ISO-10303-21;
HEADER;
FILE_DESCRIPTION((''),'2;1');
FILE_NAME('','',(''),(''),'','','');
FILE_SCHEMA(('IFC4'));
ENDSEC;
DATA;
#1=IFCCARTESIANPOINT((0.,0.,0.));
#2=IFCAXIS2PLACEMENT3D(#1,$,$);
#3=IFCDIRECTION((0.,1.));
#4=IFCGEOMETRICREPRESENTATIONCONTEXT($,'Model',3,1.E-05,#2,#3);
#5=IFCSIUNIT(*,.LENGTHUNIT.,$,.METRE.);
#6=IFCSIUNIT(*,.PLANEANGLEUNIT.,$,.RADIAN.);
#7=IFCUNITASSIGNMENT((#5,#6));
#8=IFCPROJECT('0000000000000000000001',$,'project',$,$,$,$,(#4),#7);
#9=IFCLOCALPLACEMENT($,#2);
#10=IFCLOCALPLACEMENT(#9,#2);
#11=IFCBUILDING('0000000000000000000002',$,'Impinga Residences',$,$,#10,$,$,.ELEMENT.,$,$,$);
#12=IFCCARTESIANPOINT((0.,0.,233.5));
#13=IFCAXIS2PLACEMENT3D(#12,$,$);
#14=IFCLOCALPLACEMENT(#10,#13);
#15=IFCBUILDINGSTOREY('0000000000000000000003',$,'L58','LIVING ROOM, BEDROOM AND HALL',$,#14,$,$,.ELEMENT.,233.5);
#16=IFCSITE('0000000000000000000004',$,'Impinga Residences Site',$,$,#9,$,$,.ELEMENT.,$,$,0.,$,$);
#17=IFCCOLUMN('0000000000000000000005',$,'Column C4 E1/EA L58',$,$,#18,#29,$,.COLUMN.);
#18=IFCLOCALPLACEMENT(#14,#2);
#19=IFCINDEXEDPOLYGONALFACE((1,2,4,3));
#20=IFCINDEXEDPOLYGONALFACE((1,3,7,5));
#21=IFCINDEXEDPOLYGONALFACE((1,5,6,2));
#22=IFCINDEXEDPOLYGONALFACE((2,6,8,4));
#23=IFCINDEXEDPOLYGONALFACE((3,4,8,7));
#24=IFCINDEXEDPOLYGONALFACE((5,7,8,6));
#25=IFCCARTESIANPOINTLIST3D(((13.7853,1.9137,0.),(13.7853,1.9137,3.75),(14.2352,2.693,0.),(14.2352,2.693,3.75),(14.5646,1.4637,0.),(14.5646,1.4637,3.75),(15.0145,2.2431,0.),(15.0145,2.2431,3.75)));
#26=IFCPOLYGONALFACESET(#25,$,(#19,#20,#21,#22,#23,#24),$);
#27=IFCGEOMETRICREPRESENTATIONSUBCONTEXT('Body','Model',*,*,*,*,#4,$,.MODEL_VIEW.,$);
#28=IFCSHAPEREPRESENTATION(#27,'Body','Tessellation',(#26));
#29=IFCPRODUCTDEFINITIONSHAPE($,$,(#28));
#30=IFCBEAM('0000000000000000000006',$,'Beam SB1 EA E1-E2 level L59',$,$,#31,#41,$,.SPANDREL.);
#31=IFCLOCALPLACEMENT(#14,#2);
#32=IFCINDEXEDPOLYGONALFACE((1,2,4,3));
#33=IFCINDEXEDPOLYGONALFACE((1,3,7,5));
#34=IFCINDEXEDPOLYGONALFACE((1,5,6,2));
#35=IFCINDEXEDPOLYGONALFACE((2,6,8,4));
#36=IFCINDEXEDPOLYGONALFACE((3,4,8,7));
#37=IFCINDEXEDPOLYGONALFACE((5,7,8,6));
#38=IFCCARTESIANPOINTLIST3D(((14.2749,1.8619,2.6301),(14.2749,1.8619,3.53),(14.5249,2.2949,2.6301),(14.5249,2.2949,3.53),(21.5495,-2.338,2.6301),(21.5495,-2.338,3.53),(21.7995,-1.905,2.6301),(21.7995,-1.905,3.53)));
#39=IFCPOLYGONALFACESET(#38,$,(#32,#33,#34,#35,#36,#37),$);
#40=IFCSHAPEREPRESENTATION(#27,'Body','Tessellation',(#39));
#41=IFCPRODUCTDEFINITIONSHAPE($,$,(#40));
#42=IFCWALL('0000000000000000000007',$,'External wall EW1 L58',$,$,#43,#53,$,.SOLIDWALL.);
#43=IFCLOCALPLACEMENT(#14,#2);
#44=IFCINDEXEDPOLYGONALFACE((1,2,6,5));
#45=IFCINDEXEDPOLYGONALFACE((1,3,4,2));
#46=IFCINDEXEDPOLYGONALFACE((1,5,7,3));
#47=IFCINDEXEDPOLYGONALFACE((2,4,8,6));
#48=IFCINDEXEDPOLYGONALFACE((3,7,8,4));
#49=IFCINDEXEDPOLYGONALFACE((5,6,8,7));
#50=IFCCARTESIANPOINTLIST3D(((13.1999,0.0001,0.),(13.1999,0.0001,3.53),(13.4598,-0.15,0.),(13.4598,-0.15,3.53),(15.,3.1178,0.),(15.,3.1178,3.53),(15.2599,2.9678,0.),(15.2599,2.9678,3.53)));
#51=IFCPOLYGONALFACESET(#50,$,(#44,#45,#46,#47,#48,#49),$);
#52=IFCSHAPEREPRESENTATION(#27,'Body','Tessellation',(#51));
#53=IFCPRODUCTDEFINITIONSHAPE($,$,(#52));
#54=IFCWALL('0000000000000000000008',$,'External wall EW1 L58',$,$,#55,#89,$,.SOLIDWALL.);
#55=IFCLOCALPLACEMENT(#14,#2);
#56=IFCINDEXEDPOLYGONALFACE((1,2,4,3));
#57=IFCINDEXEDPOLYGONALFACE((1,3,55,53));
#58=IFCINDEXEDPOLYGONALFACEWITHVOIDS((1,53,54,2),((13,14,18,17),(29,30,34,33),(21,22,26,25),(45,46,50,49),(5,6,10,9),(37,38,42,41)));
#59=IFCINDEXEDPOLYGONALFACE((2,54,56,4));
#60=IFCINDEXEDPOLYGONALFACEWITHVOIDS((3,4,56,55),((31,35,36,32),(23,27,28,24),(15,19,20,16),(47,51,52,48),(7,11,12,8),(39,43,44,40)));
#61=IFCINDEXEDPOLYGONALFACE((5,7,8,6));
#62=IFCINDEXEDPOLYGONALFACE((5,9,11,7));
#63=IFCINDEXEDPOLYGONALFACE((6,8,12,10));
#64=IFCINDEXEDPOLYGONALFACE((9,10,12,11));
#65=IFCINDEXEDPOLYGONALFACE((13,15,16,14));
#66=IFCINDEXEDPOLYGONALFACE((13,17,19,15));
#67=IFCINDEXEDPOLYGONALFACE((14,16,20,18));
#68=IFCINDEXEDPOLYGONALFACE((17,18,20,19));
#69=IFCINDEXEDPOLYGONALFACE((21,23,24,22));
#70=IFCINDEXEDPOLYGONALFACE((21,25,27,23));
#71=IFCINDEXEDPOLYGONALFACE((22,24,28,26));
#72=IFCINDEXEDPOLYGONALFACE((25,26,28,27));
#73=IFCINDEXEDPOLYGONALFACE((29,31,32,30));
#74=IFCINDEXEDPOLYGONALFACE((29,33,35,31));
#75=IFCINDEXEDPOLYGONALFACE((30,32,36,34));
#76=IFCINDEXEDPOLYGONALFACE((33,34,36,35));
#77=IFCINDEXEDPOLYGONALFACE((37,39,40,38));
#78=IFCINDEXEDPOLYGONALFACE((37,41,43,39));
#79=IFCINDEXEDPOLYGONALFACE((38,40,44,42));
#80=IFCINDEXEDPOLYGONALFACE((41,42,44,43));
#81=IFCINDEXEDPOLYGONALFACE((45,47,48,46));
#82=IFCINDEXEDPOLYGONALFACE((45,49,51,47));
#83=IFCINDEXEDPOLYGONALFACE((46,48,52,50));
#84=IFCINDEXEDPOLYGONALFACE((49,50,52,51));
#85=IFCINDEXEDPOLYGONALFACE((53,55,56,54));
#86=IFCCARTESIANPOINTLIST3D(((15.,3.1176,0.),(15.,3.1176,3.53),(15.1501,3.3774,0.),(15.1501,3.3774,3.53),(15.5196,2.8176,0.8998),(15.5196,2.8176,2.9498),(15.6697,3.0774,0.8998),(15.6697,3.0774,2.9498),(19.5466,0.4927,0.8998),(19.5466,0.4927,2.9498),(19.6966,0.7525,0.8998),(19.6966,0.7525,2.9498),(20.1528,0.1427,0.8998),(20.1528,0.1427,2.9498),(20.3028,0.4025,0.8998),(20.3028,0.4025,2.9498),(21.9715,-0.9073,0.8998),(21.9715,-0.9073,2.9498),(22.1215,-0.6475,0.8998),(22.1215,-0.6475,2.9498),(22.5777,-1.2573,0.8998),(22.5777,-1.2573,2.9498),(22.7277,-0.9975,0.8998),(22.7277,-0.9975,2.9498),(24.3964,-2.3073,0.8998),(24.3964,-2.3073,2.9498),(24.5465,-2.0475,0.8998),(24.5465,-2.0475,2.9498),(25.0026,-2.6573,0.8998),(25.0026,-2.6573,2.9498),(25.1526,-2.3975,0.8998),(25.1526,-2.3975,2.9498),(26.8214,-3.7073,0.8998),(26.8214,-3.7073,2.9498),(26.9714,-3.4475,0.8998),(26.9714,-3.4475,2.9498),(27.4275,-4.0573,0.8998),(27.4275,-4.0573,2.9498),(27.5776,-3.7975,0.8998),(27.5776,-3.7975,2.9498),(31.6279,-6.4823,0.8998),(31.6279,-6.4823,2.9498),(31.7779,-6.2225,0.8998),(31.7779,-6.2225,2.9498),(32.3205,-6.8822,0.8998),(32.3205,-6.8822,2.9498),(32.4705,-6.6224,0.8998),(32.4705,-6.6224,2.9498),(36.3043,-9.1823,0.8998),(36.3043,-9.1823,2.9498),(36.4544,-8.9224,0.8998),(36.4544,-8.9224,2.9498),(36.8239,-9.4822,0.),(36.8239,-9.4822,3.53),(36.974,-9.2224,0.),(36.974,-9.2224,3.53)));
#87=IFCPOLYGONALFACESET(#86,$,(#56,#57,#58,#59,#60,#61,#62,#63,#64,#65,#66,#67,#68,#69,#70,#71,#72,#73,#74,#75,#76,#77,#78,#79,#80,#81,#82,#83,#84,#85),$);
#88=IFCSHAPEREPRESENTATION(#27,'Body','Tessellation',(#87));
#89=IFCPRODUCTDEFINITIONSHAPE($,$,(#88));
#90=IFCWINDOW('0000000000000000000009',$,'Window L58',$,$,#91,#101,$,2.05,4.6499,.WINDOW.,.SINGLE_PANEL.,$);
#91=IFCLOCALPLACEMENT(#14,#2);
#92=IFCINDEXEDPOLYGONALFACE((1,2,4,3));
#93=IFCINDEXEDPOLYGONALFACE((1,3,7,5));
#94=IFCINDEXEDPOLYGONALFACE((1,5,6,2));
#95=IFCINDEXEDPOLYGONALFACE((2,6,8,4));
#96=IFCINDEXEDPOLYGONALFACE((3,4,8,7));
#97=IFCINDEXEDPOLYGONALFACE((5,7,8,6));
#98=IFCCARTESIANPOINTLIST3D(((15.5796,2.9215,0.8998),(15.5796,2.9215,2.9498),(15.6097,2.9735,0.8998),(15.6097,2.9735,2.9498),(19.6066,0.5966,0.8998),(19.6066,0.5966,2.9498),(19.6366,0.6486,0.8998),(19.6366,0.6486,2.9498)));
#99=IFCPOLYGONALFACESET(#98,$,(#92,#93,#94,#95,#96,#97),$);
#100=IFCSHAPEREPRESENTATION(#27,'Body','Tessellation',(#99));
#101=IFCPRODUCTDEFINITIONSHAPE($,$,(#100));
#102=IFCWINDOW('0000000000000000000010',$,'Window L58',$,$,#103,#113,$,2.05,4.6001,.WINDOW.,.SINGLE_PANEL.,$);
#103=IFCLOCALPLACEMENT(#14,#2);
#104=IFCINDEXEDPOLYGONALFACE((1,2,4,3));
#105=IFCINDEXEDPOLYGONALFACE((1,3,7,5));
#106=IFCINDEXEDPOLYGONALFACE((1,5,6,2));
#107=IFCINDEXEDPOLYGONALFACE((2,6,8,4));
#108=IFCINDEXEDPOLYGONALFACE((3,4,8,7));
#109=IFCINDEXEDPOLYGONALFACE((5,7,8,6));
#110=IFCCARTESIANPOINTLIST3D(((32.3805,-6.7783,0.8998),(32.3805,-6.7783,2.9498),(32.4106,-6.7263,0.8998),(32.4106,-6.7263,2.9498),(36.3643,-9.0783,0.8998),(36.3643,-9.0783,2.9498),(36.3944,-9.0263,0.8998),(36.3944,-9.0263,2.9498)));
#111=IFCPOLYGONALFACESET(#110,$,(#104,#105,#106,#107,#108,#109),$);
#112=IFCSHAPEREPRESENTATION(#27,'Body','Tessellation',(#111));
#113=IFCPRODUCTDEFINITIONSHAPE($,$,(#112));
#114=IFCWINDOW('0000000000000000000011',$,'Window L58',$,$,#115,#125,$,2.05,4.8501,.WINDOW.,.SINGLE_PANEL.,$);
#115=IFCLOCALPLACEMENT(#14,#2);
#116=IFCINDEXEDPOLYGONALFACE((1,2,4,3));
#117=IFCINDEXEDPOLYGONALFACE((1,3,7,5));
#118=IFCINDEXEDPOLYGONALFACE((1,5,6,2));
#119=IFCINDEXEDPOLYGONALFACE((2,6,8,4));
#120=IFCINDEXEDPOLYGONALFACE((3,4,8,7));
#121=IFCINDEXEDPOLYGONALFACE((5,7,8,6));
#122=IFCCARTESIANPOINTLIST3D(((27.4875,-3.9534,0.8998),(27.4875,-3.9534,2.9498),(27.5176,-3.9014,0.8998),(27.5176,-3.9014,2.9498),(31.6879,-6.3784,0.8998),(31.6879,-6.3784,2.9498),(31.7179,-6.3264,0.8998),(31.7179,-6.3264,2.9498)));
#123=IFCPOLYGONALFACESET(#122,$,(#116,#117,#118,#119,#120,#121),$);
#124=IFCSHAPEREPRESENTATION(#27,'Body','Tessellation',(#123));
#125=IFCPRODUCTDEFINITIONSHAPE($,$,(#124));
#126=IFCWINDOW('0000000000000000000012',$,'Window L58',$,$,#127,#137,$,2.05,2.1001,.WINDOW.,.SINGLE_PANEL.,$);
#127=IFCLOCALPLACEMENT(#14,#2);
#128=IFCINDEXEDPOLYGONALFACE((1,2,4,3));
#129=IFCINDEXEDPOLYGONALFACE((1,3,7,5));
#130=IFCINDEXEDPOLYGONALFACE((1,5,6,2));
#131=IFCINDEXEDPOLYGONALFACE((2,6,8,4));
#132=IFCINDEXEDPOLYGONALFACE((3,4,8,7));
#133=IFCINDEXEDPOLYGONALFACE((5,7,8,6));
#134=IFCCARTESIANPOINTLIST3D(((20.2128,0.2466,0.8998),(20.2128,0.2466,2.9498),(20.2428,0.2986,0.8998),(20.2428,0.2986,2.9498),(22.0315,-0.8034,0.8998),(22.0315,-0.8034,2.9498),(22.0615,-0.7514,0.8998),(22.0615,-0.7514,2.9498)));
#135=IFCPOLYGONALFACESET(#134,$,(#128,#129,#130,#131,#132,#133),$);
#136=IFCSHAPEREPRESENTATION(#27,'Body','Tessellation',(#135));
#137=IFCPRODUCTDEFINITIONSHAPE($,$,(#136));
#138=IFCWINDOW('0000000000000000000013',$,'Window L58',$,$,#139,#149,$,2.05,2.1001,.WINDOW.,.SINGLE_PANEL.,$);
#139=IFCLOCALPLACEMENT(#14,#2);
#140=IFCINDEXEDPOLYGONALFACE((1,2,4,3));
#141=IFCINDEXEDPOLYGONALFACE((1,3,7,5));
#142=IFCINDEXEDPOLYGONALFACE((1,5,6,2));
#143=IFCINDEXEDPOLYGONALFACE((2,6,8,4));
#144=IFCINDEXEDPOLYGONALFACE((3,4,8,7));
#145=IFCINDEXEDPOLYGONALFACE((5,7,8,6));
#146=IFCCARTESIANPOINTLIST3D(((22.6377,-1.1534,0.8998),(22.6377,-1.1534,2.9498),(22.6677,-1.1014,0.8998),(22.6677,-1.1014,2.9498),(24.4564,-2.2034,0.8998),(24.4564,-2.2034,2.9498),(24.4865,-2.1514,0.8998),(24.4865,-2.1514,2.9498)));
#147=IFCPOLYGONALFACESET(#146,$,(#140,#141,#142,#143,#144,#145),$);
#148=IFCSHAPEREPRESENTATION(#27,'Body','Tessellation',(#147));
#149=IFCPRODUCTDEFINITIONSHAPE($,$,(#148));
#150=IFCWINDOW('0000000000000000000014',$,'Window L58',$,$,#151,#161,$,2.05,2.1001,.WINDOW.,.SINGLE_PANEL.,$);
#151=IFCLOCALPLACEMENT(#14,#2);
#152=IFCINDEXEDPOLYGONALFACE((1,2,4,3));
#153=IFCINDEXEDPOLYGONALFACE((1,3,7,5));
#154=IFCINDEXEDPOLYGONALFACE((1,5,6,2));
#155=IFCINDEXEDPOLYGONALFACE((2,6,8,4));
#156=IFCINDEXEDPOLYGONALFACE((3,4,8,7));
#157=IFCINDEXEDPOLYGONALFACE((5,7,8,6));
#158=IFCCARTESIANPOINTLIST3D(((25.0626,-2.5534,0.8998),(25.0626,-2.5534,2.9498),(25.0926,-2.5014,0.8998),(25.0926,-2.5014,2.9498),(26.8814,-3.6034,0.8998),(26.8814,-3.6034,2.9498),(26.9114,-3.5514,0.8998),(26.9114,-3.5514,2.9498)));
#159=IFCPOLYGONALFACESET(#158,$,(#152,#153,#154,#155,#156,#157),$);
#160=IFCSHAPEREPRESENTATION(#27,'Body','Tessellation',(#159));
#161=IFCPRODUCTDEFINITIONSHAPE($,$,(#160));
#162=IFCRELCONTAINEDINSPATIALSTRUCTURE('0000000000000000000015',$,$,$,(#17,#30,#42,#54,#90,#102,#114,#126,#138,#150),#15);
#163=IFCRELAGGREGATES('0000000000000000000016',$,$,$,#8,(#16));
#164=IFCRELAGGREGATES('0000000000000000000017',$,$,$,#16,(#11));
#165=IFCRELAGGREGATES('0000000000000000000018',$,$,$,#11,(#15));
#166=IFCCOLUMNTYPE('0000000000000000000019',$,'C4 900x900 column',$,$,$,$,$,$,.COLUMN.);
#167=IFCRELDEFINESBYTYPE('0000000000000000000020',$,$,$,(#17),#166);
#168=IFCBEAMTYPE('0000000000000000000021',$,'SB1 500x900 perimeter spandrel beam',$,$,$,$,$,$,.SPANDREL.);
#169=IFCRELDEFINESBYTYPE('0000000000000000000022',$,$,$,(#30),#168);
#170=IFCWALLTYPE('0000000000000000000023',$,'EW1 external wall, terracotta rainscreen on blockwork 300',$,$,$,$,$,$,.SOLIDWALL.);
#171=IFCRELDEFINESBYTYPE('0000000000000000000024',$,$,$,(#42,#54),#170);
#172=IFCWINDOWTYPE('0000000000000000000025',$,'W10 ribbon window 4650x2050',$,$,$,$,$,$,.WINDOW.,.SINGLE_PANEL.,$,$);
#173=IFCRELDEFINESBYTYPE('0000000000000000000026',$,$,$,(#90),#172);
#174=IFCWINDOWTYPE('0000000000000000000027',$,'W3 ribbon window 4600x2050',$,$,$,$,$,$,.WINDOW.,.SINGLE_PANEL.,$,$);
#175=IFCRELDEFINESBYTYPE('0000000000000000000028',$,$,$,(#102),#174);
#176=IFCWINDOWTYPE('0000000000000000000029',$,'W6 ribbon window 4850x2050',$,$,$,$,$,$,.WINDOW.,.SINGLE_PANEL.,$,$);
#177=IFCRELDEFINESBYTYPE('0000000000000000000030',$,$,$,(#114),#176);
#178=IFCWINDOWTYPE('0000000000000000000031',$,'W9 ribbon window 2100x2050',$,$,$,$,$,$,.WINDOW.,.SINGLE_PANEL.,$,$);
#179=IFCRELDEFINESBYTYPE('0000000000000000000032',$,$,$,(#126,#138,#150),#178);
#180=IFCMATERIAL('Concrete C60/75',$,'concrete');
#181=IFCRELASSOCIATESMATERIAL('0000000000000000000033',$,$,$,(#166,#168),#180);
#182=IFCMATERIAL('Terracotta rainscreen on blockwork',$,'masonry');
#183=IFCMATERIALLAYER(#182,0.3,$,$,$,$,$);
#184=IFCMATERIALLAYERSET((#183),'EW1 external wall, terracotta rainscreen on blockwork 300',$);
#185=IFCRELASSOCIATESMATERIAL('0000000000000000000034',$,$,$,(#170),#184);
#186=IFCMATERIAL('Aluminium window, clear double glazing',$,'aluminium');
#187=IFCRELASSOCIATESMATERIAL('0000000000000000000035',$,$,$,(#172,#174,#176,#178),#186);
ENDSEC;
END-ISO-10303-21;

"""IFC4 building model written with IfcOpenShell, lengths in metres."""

from ifc_helpers import new_model, si_unit, direction, frame, frame_2d, origin, origin_2d, place, context, subcontext, project, spatial, rectangle, extrude, material, layer, layer_set, material_profile, profile_set, type_object, element, fill, save


model = new_model("IFC4")

# Units and contexts
model_context = context("Model", 3, precision=1e-05, world=origin(), true_north=direction((0.0, 1.0)))
body_context = subcontext(model_context, "Body", "Model", "MODEL_VIEW")
ifc_project = project(units=[si_unit("LENGTHUNIT", "METRE"), si_unit("PLANEANGLEUNIT", "RADIAN")], contexts=[model_context])

# Site, building, storey
site_placement = place(None, origin())
site = spatial("IfcSite", under=ifc_project, at=site_placement, Name="Impinga Residences Site", CompositionType="ELEMENT", RefElevation=0.0)
building_placement = place(site_placement, origin())
building = spatial("IfcBuilding", under=site, at=building_placement, Name="Impinga Residences", CompositionType="ELEMENT")
storey_placement = place(building_placement, frame((0.0, 0.0, 233.5)))
storey = spatial("IfcBuildingStorey", under=building, at=storey_placement, Name="L58", Description="LIVING ROOM, BEDROOM AND HALL", CompositionType="ELEMENT", Elevation=233.5)

# Column
ifc_material_1 = material(Name="Concrete C60/75", Category="concrete")
ifc_material_profile_1 = material_profile(ifc_material_1, rectangle(XDim=0.8999, YDim=0.8999, at=origin_2d()), Name="RC 900x900")
ifc_profile_set_1 = profile_set([ifc_material_profile_1], Name="Concrete C60/75")
column_type = type_object("IfcColumnType", Name="C4 900x900 column", PredefinedType="COLUMN", material=ifc_profile_set_1)
column_placement = place(storey_placement, frame((14.3999, 2.0784, 0.0), z_axis=(0.0, 0.0, 1.0), x_axis=(-0.5, -0.866025, 0.0)))
element("IfcColumn", 1, at=column_placement, inside=storey, type_object=column_type, Name="Column C4 E1/EA L58", PredefinedType="COLUMN", context=body_context, shape_type="SweptSolid", body=[
    extrude(rectangle(XDim=0.8999, YDim=0.8999, at=origin_2d()), origin(), (0.0, 0.0, 1.0), 3.75),
])

# Beam
ifc_material_profile_2 = material_profile(ifc_material_1, rectangle(XDim=0.5, YDim=0.8999, at=origin_2d()), Name="RC 500x900")
ifc_profile_set_2 = profile_set([ifc_material_profile_2], Name="Concrete C60/75")
beam_type = type_object("IfcBeamType", Name="SB1 500x900 perimeter spandrel beam", PredefinedType="SPANDREL", material=ifc_profile_set_2)
beam_placement = place(storey_placement, frame((14.3999, 2.0784, 3.0801), z_axis=(0.866029, -0.499993, 0.0), x_axis=(0.499993, 0.866029, 0.0)))
element("IfcBeam", 2, at=beam_placement, inside=storey, type_object=beam_type, Name="Beam SB1 EA E1-E2 level L59", PredefinedType="SPANDREL", context=body_context, shape_type="SweptSolid", body=[
    extrude(rectangle(XDim=0.5, YDim=0.8999, at=origin_2d()), origin(), (0.0, 0.0, 1.0), 8.3999),
])

# Wall
ifc_material_2 = material(Name="Terracotta rainscreen on blockwork", Category="masonry")
ifc_layer_1 = layer(ifc_material_2, 0.3)
ifc_layer_set_1 = layer_set([ifc_layer_1], Name="EW1 external wall, terracotta rainscreen on blockwork 300")
wall_type_1 = type_object("IfcWallType", Name="EW1 external wall, terracotta rainscreen on blockwork 300", PredefinedType="SOLIDWALL", material=ifc_layer_set_1)
wall_1_placement = place(storey_placement, frame((13.3298, -0.075, 0.0), z_axis=(0.0, 0.0, 1.0), x_axis=(0.500012, 0.866018, 0.0)))
element("IfcWall", 3, at=wall_1_placement, inside=storey, type_object=wall_type_1, Name="External wall EW1 L58", PredefinedType="SOLIDWALL", context=body_context, shape_type="SweptSolid", body=[
    extrude(rectangle(XDim=3.6001, YDim=0.3, at=frame_2d((1.8, 0.0))), origin(), (0.0, 0.0, 1.0), 3.53),
])

# Wall, openings, windows
wall_2_placement = place(storey_placement, frame((15.075, 3.2476, 0.0), z_axis=(0.0, 0.0, 1.0), x_axis=(0.866029, -0.499993, 0.0)))
wall_2 = element("IfcWall", 4, at=wall_2_placement, inside=storey, type_object=wall_type_1, Name="External wall EW1 L58", PredefinedType="SOLIDWALL", context=body_context, shape_type="SweptSolid", body=[
    extrude(rectangle(XDim=25.2, YDim=0.3, at=frame_2d((12.6001, 0.0))), origin(), (0.0, 0.0, 1.0), 3.53),
])
opening_1_placement = place(wall_2_placement, frame((0.6001, 0.0, 0.8999)))
opening_1 = element("IfcOpeningElement", 5, at=opening_1_placement, cuts=wall_2, PredefinedType="OPENING", context=body_context, shape_type="SweptSolid", body=[
    extrude(rectangle(XDim=4.6499, YDim=2.05, at=frame_2d((2.325, 1.0249))), frame((0.0, 0.1599, 0.0), z_axis=(0.0, -1.0, 0.0), x_axis=(1.0, 0.0, 0.0)), (0.0, 0.0, 1.0), 0.3201),
])
opening_2_placement = place(wall_2_placement, frame((5.95, 0.0, 0.8999)))
opening_2 = element("IfcOpeningElement", 6, at=opening_2_placement, cuts=wall_2, PredefinedType="OPENING", context=body_context, shape_type="SweptSolid", body=[
    extrude(rectangle(XDim=2.1001, YDim=2.05, at=frame_2d((1.05, 1.0249))), frame((0.0, 0.1599, 0.0), z_axis=(0.0, -1.0, 0.0), x_axis=(1.0, 0.0, 0.0)), (0.0, 0.0, 1.0), 0.3201),
])
opening_3_placement = place(wall_2_placement, frame((8.75, 0.0, 0.8999)))
opening_3 = element("IfcOpeningElement", 7, at=opening_3_placement, cuts=wall_2, PredefinedType="OPENING", context=body_context, shape_type="SweptSolid", body=[
    extrude(rectangle(XDim=2.1001, YDim=2.05, at=frame_2d((1.05, 1.0249))), frame((0.0, 0.1599, 0.0), z_axis=(0.0, -1.0, 0.0), x_axis=(1.0, 0.0, 0.0)), (0.0, 0.0, 1.0), 0.3201),
])
opening_4_placement = place(wall_2_placement, frame((11.55, 0.0, 0.8999)))
opening_4 = element("IfcOpeningElement", 8, at=opening_4_placement, cuts=wall_2, PredefinedType="OPENING", context=body_context, shape_type="SweptSolid", body=[
    extrude(rectangle(XDim=2.1001, YDim=2.05, at=frame_2d((1.05, 1.0249))), frame((0.0, 0.1599, 0.0), z_axis=(0.0, -1.0, 0.0), x_axis=(1.0, 0.0, 0.0)), (0.0, 0.0, 1.0), 0.3201),
])
opening_5_placement = place(wall_2_placement, frame((14.3501, 0.0, 0.8999)))
opening_5 = element("IfcOpeningElement", 9, at=opening_5_placement, cuts=wall_2, PredefinedType="OPENING", context=body_context, shape_type="SweptSolid", body=[
    extrude(rectangle(XDim=4.8501, YDim=2.05, at=frame_2d((2.425, 1.0249))), frame((0.0, 0.1599, 0.0), z_axis=(0.0, -1.0, 0.0), x_axis=(1.0, 0.0, 0.0)), (0.0, 0.0, 1.0), 0.3201),
])
opening_6_placement = place(wall_2_placement, frame((20.0, 0.0, 0.8999)))
opening_6 = element("IfcOpeningElement", 10, at=opening_6_placement, cuts=wall_2, PredefinedType="OPENING", context=body_context, shape_type="SweptSolid", body=[
    extrude(rectangle(XDim=4.6001, YDim=2.05, at=frame_2d((2.3, 1.0249))), frame((0.0, 0.1599, 0.0), z_axis=(0.0, -1.0, 0.0), x_axis=(1.0, 0.0, 0.0)), (0.0, 0.0, 1.0), 0.3201),
])
ifc_material_3 = material(Name="Aluminium window, clear double glazing", Category="aluminium")
window_type_1 = type_object("IfcWindowType", Name="W10 ribbon window 4650x2050", PartitioningType="SINGLE_PANEL", PredefinedType="WINDOW", material=ifc_material_3)
window_1_placement = place(opening_1_placement, origin())
window_1 = element("IfcWindow", 11, at=window_1_placement, inside=storey, type_object=window_type_1, Name="Window L58", OverallHeight=2.05, OverallWidth=4.6499, PartitioningType="SINGLE_PANEL", PredefinedType="WINDOW", context=body_context, shape_type="SweptSolid", body=[
    extrude(rectangle(XDim=4.6499, YDim=2.05, at=frame_2d((2.325, 1.0249))), frame((0.0, 0.03, 0.0), z_axis=(0.0, -1.0, 0.0), x_axis=(1.0, 0.0, 0.0)), (0.0, 0.0, 1.0), 0.0601),
])
fill(opening_1, window_1)
window_type_2 = type_object("IfcWindowType", Name="W3 ribbon window 4600x2050", PartitioningType="SINGLE_PANEL", PredefinedType="WINDOW", material=ifc_material_3)
window_2_placement = place(opening_6_placement, origin())
window_2 = element("IfcWindow", 12, at=window_2_placement, inside=storey, type_object=window_type_2, Name="Window L58", OverallHeight=2.05, OverallWidth=4.6001, PartitioningType="SINGLE_PANEL", PredefinedType="WINDOW", context=body_context, shape_type="SweptSolid", body=[
    extrude(rectangle(XDim=4.6001, YDim=2.05, at=frame_2d((2.3, 1.0249))), frame((0.0, 0.03, 0.0), z_axis=(0.0, -1.0, 0.0), x_axis=(1.0, 0.0, 0.0)), (0.0, 0.0, 1.0), 0.0601),
])
fill(opening_6, window_2)
window_type_3 = type_object("IfcWindowType", Name="W6 ribbon window 4850x2050", PartitioningType="SINGLE_PANEL", PredefinedType="WINDOW", material=ifc_material_3)
window_3_placement = place(opening_5_placement, origin())
window_3 = element("IfcWindow", 13, at=window_3_placement, inside=storey, type_object=window_type_3, Name="Window L58", OverallHeight=2.05, OverallWidth=4.8501, PartitioningType="SINGLE_PANEL", PredefinedType="WINDOW", context=body_context, shape_type="SweptSolid", body=[
    extrude(rectangle(XDim=4.8501, YDim=2.05, at=frame_2d((2.425, 1.0249))), frame((0.0, 0.03, 0.0), z_axis=(0.0, -1.0, 0.0), x_axis=(1.0, 0.0, 0.0)), (0.0, 0.0, 1.0), 0.0601),
])
fill(opening_5, window_3)
window_type_4 = type_object("IfcWindowType", Name="W9 ribbon window 2100x2050", PartitioningType="SINGLE_PANEL", PredefinedType="WINDOW", material=ifc_material_3)
window_4_placement = place(opening_2_placement, origin())
window_4 = element("IfcWindow", 14, at=window_4_placement, inside=storey, type_object=window_type_4, Name="Window L58", OverallHeight=2.05, OverallWidth=2.1001, PartitioningType="SINGLE_PANEL", PredefinedType="WINDOW", context=body_context, shape_type="SweptSolid", body=[
    extrude(rectangle(XDim=2.1001, YDim=2.05, at=frame_2d((1.05, 1.0249))), frame((0.0, 0.03, 0.0), z_axis=(0.0, -1.0, 0.0), x_axis=(1.0, 0.0, 0.0)), (0.0, 0.0, 1.0), 0.0601),
])
fill(opening_2, window_4)
window_5_placement = place(opening_3_placement, origin())
window_5 = element("IfcWindow", 15, at=window_5_placement, inside=storey, type_object=window_type_4, Name="Window L58", OverallHeight=2.05, OverallWidth=2.1001, PartitioningType="SINGLE_PANEL", PredefinedType="WINDOW", context=body_context, shape_type="SweptSolid", body=[
    extrude(rectangle(XDim=2.1001, YDim=2.05, at=frame_2d((1.05, 1.0249))), frame((0.0, 0.03, 0.0), z_axis=(0.0, -1.0, 0.0), x_axis=(1.0, 0.0, 0.0)), (0.0, 0.0, 1.0), 0.0601),
])
fill(opening_3, window_5)
window_6_placement = place(opening_4_placement, origin())
window_6 = element("IfcWindow", 16, at=window_6_placement, inside=storey, type_object=window_type_4, Name="Window L58", OverallHeight=2.05, OverallWidth=2.1001, PartitioningType="SINGLE_PANEL", PredefinedType="WINDOW", context=body_context, shape_type="SweptSolid", body=[
    extrude(rectangle(XDim=2.1001, YDim=2.05, at=frame_2d((1.05, 1.0249))), frame((0.0, 0.03, 0.0), z_axis=(0.0, -1.0, 0.0), x_axis=(1.0, 0.0, 0.0)), (0.0, 0.0, 1.0), 0.0601),
])
fill(opening_4, window_6)

save(model, "model.ifc")
